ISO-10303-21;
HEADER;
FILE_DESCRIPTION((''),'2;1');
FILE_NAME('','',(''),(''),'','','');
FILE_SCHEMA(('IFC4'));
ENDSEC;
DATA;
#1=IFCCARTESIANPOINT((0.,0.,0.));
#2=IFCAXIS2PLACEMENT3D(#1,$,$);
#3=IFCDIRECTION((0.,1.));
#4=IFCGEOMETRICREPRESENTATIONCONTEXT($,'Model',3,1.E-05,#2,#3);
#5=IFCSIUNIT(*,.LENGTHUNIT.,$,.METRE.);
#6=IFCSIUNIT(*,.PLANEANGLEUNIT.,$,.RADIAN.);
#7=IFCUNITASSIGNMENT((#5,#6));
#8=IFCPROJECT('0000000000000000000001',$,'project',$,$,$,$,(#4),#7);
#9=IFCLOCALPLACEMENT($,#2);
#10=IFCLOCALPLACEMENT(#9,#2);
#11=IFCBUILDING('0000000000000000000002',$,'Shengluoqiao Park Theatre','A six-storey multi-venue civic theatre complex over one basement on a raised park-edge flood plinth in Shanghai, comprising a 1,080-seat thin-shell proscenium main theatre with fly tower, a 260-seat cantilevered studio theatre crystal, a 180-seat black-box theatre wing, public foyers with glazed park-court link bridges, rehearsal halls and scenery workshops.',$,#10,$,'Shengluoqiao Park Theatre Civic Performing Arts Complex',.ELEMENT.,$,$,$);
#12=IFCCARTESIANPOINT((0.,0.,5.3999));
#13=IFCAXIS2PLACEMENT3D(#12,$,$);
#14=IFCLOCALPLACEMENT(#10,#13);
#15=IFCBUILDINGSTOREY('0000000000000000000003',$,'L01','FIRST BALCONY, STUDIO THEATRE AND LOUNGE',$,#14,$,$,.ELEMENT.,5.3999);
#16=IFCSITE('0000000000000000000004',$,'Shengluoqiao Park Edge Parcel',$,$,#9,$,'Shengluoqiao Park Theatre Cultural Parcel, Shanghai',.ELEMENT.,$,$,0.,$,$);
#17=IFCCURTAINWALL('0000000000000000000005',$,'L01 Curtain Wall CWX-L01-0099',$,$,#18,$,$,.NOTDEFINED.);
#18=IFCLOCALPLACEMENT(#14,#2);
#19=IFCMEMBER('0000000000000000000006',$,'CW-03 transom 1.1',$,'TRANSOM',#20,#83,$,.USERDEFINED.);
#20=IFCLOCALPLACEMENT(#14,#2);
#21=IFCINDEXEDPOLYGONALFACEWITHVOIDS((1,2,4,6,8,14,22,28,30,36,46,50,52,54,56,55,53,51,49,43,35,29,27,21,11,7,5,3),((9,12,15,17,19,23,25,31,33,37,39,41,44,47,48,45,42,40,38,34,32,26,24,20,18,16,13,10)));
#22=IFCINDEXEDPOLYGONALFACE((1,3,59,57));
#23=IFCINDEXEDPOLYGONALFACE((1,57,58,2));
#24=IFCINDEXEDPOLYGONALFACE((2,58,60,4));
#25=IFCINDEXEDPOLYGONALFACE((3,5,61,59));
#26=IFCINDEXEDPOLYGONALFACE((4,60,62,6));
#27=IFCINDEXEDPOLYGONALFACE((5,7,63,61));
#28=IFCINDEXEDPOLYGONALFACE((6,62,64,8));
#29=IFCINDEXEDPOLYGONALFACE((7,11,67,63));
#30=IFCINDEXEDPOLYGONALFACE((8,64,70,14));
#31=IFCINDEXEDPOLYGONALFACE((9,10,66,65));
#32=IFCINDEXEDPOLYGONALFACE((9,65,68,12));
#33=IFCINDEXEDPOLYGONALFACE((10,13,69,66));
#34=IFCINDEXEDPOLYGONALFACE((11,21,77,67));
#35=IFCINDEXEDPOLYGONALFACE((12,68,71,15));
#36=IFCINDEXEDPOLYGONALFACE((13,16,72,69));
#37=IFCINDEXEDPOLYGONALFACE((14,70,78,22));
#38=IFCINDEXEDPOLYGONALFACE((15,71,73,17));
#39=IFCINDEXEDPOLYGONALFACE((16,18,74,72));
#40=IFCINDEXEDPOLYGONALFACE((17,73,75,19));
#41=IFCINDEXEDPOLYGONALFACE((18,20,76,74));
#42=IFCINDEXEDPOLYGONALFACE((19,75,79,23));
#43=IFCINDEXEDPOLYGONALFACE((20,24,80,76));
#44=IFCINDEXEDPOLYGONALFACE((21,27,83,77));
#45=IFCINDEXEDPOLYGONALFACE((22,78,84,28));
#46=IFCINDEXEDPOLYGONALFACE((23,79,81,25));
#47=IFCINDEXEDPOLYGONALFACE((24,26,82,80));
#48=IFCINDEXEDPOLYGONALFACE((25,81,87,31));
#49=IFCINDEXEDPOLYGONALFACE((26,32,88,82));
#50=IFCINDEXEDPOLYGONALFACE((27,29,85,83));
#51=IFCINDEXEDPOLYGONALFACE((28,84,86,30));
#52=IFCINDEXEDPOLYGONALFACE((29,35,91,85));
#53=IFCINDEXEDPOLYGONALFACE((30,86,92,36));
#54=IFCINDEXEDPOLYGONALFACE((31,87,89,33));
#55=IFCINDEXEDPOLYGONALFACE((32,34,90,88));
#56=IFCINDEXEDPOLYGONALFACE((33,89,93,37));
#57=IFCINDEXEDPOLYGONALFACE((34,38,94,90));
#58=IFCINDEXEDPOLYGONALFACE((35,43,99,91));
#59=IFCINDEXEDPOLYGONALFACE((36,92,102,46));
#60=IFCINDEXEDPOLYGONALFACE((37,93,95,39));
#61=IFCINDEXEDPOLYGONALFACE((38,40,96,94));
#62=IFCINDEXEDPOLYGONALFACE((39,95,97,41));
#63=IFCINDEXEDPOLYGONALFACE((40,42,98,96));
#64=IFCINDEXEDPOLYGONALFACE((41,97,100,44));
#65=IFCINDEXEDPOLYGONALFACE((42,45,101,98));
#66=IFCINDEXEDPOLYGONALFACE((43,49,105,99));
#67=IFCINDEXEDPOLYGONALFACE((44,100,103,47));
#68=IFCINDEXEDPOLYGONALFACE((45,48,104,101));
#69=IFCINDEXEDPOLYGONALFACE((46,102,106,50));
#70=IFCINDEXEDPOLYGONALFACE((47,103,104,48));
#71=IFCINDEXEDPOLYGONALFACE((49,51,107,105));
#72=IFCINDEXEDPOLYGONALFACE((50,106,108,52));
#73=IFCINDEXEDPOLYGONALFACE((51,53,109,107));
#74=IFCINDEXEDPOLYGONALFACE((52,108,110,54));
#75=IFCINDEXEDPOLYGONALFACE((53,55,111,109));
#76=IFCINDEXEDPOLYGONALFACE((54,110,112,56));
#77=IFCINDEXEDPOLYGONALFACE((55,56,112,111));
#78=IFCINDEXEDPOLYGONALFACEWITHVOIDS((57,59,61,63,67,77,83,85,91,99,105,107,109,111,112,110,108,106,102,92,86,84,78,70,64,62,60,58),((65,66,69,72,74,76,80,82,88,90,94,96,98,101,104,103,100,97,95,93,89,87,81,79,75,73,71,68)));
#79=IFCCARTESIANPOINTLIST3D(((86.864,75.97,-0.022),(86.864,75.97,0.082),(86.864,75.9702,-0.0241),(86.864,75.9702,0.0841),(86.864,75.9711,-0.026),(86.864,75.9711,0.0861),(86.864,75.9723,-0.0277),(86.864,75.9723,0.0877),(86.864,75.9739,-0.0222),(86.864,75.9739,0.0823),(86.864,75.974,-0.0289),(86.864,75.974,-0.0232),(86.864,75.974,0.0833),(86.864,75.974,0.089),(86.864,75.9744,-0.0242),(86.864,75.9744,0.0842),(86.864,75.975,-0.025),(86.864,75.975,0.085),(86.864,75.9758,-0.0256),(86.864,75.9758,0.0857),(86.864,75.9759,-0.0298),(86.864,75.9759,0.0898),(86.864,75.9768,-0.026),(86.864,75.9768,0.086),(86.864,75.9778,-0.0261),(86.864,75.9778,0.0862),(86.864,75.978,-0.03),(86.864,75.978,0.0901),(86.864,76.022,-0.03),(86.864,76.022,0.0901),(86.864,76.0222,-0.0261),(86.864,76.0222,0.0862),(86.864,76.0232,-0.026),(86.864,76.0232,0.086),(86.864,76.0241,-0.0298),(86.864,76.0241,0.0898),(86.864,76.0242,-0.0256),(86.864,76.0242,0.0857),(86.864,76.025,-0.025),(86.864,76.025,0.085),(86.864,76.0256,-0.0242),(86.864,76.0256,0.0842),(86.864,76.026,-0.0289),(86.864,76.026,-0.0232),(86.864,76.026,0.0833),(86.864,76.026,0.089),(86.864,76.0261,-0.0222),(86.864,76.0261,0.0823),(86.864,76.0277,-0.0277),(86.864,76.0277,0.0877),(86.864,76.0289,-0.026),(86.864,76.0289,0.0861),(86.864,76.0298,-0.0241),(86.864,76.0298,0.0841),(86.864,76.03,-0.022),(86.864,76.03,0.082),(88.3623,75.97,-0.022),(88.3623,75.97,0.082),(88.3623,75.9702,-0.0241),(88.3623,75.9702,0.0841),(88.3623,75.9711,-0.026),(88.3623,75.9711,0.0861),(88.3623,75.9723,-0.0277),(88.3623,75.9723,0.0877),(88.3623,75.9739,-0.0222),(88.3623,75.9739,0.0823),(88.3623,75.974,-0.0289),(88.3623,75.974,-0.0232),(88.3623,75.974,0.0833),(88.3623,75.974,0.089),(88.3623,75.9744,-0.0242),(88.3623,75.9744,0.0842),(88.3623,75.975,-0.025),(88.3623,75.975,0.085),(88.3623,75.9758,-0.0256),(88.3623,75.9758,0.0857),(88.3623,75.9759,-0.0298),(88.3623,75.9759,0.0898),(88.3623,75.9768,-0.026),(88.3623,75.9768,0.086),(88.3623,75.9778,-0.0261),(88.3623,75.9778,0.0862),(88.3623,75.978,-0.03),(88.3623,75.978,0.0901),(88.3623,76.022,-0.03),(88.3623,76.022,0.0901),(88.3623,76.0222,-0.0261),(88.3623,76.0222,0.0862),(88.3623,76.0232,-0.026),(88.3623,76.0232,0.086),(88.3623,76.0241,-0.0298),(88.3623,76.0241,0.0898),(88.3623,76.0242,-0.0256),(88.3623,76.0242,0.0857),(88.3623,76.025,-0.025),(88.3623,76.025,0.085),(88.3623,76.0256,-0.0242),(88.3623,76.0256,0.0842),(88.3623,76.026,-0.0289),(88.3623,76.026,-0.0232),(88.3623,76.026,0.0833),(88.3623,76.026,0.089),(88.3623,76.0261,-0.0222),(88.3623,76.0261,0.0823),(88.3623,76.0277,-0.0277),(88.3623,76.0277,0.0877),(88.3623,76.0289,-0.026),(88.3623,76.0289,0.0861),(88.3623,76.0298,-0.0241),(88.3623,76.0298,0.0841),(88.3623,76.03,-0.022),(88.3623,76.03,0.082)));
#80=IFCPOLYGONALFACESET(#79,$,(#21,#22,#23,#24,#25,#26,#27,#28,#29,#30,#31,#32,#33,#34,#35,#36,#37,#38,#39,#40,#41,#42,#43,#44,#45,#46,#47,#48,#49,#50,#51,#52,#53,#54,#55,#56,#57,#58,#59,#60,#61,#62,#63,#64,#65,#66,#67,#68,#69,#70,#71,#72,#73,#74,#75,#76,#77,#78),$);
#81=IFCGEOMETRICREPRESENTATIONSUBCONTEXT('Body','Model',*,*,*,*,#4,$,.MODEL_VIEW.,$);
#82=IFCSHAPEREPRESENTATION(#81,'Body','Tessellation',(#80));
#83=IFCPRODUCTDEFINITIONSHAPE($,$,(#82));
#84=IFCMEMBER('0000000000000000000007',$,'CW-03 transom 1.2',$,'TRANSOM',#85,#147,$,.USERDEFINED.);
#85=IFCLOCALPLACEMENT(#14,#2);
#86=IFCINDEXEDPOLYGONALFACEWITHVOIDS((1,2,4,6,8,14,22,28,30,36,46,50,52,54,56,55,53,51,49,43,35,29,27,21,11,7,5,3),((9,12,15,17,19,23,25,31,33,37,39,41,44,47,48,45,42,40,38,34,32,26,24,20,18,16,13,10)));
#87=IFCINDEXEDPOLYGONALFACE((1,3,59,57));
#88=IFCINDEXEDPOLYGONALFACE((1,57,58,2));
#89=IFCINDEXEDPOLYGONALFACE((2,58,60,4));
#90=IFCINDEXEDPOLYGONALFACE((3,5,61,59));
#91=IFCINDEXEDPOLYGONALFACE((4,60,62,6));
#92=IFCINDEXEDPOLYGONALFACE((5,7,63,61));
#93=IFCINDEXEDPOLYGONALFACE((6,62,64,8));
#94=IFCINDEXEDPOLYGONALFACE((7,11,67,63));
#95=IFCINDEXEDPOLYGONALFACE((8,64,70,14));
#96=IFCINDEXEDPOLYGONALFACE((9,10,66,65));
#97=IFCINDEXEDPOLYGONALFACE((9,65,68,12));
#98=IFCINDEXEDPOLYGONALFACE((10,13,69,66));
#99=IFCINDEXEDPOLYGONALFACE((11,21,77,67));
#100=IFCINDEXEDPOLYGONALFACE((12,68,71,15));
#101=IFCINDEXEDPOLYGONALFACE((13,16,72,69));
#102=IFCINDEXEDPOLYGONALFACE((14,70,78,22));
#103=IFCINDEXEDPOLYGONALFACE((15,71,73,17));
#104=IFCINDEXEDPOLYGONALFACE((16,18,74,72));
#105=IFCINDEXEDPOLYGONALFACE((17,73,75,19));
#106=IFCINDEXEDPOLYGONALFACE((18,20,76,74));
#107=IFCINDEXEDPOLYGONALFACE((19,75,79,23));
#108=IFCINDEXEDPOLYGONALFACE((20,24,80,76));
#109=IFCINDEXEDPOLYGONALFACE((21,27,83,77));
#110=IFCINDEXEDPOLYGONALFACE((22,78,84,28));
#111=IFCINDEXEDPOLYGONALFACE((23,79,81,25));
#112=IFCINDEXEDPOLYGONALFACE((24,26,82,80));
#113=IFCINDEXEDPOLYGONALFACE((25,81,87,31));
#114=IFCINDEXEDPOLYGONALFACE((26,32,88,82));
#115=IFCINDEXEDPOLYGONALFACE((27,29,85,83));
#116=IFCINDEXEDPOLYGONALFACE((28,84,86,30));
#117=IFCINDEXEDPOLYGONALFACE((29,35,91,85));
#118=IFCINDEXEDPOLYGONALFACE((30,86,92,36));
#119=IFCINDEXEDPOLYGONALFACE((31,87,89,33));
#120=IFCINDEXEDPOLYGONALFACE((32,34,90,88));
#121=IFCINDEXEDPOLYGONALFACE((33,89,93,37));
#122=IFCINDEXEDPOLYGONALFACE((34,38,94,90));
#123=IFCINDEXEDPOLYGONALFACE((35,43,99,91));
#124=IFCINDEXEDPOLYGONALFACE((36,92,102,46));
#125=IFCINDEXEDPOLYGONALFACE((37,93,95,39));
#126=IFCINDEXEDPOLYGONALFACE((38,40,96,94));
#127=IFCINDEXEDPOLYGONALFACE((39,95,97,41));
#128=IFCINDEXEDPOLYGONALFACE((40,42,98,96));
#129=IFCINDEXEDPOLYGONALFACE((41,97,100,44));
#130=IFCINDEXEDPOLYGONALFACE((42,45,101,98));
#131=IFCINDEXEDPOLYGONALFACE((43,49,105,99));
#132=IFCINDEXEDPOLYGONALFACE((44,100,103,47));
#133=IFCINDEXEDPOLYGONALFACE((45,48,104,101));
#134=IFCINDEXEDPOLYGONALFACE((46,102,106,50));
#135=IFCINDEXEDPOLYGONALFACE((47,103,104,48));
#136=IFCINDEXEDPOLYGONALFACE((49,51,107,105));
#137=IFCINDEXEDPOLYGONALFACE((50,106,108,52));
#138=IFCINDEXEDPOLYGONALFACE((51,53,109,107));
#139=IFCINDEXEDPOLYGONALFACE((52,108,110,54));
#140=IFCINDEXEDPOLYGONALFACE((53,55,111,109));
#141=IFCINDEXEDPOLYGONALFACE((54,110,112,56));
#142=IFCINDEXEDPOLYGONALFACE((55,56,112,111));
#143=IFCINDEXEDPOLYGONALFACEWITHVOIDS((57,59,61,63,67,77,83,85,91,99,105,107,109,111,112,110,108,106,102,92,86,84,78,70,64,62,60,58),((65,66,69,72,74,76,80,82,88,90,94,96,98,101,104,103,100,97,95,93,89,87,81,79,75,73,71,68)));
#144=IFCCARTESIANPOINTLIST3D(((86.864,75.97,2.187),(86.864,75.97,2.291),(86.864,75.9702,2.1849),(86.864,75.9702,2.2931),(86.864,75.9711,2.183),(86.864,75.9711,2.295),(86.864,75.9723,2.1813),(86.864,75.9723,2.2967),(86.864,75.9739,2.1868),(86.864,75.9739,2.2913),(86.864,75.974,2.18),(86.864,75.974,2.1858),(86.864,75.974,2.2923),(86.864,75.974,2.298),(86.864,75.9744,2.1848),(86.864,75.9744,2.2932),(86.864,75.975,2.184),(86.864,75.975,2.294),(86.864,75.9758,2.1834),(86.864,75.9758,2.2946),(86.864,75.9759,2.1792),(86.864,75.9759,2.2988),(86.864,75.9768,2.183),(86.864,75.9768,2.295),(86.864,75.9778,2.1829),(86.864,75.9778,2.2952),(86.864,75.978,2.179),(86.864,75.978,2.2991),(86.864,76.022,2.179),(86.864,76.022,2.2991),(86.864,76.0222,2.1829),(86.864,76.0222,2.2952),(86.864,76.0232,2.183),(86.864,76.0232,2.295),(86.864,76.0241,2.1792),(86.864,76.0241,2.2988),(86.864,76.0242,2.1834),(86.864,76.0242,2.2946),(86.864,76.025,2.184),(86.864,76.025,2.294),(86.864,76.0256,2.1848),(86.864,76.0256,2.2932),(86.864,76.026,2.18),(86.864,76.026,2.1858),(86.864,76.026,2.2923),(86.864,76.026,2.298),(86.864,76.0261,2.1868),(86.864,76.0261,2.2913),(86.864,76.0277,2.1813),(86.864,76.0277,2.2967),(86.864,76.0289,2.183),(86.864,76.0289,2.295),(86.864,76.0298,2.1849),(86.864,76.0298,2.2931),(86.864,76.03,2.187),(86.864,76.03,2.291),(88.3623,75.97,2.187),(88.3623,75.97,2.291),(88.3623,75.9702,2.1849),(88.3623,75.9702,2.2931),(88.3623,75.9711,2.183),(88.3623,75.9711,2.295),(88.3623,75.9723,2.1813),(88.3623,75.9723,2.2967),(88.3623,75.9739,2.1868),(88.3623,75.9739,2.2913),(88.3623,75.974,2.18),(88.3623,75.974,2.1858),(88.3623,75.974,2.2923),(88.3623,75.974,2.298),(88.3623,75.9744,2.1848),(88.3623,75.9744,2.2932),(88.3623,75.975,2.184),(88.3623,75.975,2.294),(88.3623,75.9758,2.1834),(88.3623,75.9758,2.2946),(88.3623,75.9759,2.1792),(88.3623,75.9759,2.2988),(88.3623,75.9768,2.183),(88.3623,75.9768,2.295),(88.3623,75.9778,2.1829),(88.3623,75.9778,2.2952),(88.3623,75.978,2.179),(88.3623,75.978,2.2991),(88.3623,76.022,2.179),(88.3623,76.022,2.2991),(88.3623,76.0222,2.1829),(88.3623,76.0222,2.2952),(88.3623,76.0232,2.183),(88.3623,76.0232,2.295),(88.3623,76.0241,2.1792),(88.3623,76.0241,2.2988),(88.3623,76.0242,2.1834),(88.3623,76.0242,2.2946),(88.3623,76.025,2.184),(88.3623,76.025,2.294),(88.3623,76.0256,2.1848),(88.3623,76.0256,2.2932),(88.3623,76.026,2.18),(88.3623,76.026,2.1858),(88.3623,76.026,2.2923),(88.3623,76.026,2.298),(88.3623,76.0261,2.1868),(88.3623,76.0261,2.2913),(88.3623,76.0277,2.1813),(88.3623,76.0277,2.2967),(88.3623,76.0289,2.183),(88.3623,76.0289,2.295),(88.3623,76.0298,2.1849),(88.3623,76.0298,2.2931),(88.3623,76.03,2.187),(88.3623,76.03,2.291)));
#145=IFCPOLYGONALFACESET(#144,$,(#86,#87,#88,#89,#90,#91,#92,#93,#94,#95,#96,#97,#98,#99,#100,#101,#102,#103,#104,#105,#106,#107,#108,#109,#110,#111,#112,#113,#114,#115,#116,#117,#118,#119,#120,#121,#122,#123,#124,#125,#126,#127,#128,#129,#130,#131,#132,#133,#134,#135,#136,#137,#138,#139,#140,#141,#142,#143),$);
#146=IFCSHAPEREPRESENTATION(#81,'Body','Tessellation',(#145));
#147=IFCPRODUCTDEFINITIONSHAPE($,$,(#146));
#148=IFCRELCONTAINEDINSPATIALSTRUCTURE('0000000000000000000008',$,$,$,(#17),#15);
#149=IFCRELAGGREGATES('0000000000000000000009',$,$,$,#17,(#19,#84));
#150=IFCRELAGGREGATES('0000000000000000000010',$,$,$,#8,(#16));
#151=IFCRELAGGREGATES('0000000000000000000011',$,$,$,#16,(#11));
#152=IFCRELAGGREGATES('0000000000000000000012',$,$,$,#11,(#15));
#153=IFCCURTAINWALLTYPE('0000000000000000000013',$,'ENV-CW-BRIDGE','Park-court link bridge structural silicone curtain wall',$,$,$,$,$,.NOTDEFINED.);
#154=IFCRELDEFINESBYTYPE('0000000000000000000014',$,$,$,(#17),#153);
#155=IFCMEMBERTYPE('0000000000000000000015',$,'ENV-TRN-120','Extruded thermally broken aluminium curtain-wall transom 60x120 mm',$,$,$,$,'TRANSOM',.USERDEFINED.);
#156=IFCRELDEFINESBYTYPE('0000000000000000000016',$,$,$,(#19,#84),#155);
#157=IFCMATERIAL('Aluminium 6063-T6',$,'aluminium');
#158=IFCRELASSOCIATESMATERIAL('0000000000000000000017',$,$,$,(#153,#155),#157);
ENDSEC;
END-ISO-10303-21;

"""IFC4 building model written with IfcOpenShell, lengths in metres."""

from ifc_helpers import new_model, si_unit, direction, frame, origin, origin_2d, place, context, subcontext, project, spatial, hollow_rectangle, extrude, material, material_profile, profile_set, type_object, element, aggregate, save


model = new_model("IFC4")

# Units and contexts
model_context = context("Model", 3, precision=1e-05, world=origin(), true_north=direction((0.0, 1.0)))
body_context = subcontext(model_context, "Body", "Model", "MODEL_VIEW")
ifc_project = project(units=[si_unit("LENGTHUNIT", "METRE"), si_unit("PLANEANGLEUNIT", "RADIAN")], contexts=[model_context])

# Site, building, storey
site_placement = place(None, origin())
site = spatial("IfcSite", under=ifc_project, at=site_placement, Name="Shengluoqiao Park Edge Parcel", LongName="Shengluoqiao Park Theatre Cultural Parcel, Shanghai", CompositionType="ELEMENT", RefElevation=0.0)
building_placement = place(site_placement, origin())
building = spatial("IfcBuilding", under=site, at=building_placement, Name="Shengluoqiao Park Theatre", Description="A six-storey multi-venue civic theatre complex over one basement on a raised park-edge flood plinth in Shanghai, comprising a 1,080-seat thin-shell proscenium main theatre with fly tower, a 260-seat cantilevered studio theatre crystal, a 180-seat black-box theatre wing, public foyers with glazed park-court link bridges, rehearsal halls and scenery workshops.", LongName="Shengluoqiao Park Theatre Civic Performing Arts Complex", CompositionType="ELEMENT")
storey_placement = place(building_placement, frame((0.0, 0.0, 5.3999)))
storey = spatial("IfcBuildingStorey", under=building, at=storey_placement, Name="L01", Description="FIRST BALCONY, STUDIO THEATRE AND LOUNGE", CompositionType="ELEMENT", Elevation=5.3999)

# Curtain wall, members
ifc_material_1 = material(Name="Aluminium 6063-T6", Category="aluminium")
curtain_wall_type = type_object("IfcCurtainWallType", Name="ENV-CW-BRIDGE", Description="Park-court link bridge structural silicone curtain wall", PredefinedType="NOTDEFINED", material=ifc_material_1)
curtain_wall_placement = place(storey_placement, origin())
curtain_wall = element("IfcCurtainWall", 1, at=curtain_wall_placement, inside=storey, type_object=curtain_wall_type, Name="L01 Curtain Wall CWX-L01-0099", PredefinedType="NOTDEFINED")
ifc_material_profile_1 = material_profile(ifc_material_1, hollow_rectangle(XDim=0.0601, YDim=0.1201, WallThickness=0.0039, InnerFilletRadius=0.0039, OuterFilletRadius=0.0081, at=origin_2d()), Name="ALU TRANSOM 120x60x4")
ifc_profile_set_1 = profile_set([ifc_material_profile_1], Name="Aluminium 6063-T6")
member_type_1 = type_object("IfcMemberType", Name="ENV-TRN-120", Description="Extruded thermally broken aluminium curtain-wall transom 60x120 mm", ElementType="TRANSOM", PredefinedType="USERDEFINED", material=ifc_profile_set_1)
member_1_placement = place(storey_placement, frame((86.864, 76.0, 0.03), z_axis=(1.0, 0.0, 0.0), x_axis=(0.0, 1.0, 0.0)))
member_1 = element("IfcMember", 2, at=member_1_placement, type_object=member_type_1, Name="CW-03 transom 1.1", ObjectType="TRANSOM", PredefinedType="USERDEFINED", context=body_context, shape_type="SweptSolid", body=[
    extrude(hollow_rectangle(XDim=0.0601, YDim=0.1201, WallThickness=0.0039, InnerFilletRadius=0.0039, OuterFilletRadius=0.0081, at=origin_2d()), origin(), (0.0, 0.0, 1.0), 1.4983),
])
member_2_placement = place(storey_placement, frame((86.864, 76.0, 2.239), z_axis=(1.0, 0.0, 0.0), x_axis=(0.0, 1.0, 0.0)))
member_2 = element("IfcMember", 3, at=member_2_placement, type_object=member_type_1, Name="CW-03 transom 1.2", ObjectType="TRANSOM", PredefinedType="USERDEFINED", context=body_context, shape_type="SweptSolid", body=[
    extrude(hollow_rectangle(XDim=0.0601, YDim=0.1201, WallThickness=0.0039, InnerFilletRadius=0.0039, OuterFilletRadius=0.0081, at=origin_2d()), origin(), (0.0, 0.0, 1.0), 1.4983),
])

aggregate(curtain_wall, [member_1, member_2])

save(model, "model.ifc")
